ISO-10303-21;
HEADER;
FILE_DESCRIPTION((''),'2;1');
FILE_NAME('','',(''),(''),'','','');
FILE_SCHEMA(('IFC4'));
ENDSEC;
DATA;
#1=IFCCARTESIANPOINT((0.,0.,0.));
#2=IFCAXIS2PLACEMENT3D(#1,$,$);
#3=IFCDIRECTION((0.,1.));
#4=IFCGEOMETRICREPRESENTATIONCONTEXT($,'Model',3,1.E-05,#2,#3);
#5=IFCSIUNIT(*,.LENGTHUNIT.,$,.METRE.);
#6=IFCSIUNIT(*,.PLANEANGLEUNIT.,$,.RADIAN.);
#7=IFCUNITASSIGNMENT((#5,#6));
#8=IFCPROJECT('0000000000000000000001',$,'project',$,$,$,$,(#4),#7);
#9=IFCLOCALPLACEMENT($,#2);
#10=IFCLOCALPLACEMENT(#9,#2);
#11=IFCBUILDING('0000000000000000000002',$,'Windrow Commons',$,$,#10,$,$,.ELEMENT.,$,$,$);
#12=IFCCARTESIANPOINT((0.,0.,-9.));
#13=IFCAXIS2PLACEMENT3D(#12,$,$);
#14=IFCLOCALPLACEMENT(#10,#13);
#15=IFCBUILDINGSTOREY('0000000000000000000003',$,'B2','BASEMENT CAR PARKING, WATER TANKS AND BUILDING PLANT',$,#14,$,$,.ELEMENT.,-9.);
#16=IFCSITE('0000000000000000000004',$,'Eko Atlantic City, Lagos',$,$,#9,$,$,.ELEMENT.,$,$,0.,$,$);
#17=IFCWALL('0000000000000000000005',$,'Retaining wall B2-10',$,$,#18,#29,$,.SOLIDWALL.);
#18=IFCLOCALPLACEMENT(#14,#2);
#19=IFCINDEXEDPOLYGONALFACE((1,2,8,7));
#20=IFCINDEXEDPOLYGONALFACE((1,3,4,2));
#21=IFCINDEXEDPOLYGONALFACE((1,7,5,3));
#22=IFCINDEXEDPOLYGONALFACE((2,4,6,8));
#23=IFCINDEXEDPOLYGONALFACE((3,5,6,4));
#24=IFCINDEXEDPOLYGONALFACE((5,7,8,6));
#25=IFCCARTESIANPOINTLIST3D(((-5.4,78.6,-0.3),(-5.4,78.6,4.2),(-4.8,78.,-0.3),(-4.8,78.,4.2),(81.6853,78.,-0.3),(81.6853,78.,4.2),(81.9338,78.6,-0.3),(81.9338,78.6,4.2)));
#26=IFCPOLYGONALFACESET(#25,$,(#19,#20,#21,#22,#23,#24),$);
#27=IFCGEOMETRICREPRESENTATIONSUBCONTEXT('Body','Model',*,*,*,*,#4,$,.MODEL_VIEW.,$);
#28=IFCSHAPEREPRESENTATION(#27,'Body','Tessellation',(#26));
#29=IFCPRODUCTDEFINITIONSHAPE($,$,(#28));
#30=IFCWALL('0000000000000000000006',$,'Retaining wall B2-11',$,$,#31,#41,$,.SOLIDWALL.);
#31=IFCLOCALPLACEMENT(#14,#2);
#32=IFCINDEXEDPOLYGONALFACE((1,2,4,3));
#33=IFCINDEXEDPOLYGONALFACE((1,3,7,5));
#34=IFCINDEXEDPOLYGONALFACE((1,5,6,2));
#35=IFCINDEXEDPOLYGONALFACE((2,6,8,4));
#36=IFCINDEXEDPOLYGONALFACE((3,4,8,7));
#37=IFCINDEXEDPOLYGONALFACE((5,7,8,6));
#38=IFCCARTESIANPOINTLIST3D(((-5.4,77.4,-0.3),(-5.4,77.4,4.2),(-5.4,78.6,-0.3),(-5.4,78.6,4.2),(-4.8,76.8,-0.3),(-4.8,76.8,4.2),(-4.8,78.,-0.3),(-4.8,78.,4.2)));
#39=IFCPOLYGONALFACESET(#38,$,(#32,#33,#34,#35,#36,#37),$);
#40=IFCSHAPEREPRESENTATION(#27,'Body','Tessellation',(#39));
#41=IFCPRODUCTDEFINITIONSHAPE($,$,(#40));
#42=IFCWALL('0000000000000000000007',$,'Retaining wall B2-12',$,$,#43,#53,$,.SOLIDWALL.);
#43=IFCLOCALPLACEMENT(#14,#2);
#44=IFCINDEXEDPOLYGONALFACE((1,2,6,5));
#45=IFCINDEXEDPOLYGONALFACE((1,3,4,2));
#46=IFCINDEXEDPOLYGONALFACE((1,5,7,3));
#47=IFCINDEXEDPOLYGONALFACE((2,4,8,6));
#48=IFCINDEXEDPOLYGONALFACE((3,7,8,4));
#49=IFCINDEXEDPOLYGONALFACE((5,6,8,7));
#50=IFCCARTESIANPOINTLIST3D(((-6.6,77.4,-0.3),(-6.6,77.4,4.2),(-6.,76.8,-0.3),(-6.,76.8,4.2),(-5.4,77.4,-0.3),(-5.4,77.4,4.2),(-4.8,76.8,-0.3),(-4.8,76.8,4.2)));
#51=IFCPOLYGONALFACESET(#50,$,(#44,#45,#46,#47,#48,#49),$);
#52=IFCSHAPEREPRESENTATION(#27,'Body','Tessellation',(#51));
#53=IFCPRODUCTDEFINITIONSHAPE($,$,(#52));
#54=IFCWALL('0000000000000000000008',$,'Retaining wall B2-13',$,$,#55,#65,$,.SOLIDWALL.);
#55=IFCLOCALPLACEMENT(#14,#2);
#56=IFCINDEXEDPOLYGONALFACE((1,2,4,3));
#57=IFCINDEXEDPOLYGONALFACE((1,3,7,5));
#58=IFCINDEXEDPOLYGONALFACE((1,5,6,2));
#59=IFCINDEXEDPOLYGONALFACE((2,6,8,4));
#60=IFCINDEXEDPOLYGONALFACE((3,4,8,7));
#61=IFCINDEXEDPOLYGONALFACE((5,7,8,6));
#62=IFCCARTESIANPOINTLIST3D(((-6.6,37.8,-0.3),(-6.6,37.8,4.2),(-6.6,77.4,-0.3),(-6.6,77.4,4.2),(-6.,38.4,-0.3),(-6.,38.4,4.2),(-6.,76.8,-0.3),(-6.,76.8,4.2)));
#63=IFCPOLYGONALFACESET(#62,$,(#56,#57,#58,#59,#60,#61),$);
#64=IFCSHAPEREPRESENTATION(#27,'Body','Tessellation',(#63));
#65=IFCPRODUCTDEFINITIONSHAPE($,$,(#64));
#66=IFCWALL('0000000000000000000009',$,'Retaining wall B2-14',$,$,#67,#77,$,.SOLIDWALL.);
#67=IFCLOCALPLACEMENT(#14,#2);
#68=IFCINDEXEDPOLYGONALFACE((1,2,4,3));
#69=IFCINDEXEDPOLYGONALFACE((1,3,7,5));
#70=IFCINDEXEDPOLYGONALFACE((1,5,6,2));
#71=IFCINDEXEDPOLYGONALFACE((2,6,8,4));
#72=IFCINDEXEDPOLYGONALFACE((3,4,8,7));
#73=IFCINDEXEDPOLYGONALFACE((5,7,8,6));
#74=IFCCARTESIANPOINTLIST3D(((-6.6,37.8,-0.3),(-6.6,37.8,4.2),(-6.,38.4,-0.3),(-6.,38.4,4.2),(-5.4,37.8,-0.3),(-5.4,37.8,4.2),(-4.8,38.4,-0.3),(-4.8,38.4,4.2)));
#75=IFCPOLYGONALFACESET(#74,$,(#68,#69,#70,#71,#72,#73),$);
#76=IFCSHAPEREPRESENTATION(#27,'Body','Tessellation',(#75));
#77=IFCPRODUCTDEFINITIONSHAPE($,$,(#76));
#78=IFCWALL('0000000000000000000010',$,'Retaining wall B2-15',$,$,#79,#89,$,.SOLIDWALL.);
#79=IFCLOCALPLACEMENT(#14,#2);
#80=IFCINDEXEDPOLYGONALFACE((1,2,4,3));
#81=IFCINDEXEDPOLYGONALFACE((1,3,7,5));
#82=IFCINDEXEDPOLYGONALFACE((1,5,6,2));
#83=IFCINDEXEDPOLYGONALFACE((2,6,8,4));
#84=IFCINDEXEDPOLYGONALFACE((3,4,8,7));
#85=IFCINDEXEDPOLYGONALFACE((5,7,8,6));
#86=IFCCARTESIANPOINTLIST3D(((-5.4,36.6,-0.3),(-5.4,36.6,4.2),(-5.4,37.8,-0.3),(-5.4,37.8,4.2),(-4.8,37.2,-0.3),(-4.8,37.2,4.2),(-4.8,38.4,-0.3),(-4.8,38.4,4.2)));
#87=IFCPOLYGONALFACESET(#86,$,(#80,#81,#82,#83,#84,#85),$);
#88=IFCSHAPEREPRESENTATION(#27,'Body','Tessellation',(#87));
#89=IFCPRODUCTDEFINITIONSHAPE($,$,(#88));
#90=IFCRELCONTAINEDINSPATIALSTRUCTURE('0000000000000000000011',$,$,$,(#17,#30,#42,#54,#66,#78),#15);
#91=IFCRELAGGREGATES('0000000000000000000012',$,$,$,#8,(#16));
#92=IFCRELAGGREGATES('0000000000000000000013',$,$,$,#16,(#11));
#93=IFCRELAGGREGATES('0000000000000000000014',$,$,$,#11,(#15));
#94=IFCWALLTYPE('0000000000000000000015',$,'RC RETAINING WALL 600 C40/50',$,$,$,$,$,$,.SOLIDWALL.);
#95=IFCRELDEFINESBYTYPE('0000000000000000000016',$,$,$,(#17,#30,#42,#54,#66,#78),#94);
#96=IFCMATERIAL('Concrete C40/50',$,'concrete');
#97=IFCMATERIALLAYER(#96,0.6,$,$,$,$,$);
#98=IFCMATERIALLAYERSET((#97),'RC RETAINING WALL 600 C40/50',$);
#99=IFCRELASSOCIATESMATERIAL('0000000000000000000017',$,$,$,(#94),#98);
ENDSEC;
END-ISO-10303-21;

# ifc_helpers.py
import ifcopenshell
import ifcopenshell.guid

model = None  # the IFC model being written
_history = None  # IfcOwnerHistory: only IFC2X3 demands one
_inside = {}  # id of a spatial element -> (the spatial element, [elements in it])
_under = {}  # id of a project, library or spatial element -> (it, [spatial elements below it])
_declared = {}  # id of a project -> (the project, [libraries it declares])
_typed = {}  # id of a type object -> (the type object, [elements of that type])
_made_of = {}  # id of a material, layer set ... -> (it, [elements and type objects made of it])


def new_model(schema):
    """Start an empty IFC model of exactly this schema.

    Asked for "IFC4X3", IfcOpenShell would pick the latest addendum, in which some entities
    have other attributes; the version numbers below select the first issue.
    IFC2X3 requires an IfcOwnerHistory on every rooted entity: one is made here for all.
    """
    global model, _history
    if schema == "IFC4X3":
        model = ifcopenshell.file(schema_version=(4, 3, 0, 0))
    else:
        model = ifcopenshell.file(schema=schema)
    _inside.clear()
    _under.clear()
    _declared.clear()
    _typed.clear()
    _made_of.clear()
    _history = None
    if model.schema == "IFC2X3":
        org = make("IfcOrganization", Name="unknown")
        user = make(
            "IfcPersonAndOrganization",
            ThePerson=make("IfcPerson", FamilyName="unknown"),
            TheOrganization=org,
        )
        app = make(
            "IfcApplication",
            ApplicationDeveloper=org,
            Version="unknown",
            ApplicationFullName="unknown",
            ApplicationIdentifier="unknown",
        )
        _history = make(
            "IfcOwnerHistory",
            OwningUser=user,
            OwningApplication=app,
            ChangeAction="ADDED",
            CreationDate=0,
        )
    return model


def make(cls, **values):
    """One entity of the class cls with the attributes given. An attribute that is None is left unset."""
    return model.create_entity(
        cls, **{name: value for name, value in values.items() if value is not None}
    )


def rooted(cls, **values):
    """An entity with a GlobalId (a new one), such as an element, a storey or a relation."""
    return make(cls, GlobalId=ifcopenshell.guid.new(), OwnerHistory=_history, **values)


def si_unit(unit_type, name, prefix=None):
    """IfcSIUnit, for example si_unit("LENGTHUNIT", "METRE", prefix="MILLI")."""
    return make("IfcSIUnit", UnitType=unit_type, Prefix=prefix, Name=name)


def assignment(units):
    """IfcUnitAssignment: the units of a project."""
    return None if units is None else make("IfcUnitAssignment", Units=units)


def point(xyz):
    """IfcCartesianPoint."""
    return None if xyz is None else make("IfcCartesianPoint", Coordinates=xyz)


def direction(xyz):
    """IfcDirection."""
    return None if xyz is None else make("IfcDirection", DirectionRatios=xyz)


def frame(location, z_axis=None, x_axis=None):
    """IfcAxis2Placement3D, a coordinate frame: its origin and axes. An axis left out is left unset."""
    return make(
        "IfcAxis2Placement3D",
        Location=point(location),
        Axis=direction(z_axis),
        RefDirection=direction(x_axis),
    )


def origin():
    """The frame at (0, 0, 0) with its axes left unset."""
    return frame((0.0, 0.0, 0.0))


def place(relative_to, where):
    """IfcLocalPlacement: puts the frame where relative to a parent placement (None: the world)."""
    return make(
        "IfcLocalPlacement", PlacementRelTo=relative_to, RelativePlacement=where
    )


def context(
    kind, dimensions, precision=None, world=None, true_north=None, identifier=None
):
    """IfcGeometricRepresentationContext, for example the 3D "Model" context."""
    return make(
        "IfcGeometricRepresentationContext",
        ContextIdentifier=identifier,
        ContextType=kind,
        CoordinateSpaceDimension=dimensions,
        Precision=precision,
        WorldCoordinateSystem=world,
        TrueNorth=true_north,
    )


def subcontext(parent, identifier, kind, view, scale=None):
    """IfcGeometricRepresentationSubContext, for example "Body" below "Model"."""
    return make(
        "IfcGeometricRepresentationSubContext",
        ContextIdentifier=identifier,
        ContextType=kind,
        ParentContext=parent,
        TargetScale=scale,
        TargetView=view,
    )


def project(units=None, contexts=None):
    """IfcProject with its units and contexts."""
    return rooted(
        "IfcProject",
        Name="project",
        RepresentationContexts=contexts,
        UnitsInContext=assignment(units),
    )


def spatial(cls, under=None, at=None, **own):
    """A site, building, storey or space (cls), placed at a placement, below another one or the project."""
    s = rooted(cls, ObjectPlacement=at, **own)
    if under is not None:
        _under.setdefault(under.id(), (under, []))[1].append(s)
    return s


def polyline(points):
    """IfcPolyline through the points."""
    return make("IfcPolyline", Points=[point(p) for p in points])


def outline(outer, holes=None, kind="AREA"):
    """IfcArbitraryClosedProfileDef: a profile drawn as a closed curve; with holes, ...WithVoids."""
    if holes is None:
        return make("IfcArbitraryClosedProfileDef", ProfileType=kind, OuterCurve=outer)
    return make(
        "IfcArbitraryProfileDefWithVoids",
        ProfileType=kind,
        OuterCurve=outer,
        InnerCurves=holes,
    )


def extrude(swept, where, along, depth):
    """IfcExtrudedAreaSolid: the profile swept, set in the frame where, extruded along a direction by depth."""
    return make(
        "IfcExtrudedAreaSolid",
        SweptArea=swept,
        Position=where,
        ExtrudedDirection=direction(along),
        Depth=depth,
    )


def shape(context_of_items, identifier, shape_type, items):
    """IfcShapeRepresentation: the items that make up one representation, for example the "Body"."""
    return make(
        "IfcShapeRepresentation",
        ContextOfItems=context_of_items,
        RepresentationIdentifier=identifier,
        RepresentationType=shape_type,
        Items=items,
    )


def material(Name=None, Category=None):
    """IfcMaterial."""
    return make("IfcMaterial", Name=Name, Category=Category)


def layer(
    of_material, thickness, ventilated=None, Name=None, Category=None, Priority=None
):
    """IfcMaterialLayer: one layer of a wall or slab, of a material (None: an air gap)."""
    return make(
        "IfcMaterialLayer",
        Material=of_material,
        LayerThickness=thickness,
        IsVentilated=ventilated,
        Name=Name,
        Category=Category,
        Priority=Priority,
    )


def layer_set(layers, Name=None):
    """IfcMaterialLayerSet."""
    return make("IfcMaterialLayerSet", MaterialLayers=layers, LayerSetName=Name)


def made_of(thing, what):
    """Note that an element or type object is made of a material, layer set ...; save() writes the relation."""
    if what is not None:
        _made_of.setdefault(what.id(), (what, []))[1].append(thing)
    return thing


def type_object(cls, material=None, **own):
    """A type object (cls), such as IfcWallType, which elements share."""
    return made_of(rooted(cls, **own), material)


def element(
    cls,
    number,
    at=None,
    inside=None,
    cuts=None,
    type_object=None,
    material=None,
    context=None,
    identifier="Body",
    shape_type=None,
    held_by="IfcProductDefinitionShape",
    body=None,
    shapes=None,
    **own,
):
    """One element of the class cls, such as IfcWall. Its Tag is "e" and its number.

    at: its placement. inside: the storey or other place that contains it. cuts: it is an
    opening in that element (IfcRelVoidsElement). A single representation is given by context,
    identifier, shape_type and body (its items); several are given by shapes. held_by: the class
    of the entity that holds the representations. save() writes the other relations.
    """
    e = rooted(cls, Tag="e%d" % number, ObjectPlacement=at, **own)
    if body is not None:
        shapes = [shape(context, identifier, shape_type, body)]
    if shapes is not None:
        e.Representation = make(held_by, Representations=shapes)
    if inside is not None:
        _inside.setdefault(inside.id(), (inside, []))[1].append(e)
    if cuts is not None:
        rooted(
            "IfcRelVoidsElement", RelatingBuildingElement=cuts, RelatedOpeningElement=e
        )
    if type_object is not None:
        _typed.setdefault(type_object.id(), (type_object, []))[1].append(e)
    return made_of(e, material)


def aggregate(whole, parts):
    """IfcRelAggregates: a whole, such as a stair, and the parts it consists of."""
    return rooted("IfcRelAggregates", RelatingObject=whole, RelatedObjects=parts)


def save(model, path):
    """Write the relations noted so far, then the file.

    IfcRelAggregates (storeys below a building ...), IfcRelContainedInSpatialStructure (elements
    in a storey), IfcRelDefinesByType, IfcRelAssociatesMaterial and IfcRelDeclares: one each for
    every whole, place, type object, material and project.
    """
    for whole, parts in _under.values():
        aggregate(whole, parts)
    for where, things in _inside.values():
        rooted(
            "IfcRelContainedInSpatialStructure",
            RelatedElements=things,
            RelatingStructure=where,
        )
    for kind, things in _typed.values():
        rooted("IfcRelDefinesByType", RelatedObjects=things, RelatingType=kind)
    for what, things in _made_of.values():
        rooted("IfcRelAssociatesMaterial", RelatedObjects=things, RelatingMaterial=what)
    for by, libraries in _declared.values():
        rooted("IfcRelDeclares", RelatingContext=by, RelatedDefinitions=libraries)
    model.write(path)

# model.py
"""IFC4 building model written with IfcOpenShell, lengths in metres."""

from ifc_helpers import new_model, si_unit, direction, frame, origin, place, context, subcontext, project, spatial, polyline, outline, extrude, material, layer, layer_set, type_object, element, save


model = new_model("IFC4")

# Units and contexts
model_context = context("Model", 3, precision=1e-05, world=origin(), true_north=direction((0.0, 1.0)))
body_context = subcontext(model_context, "Body", "Model", "MODEL_VIEW")
ifc_project = project(units=[si_unit("LENGTHUNIT", "METRE"), si_unit("PLANEANGLEUNIT", "RADIAN")], contexts=[model_context])

# Site, building, storey
site_placement = place(None, origin())
site = spatial("IfcSite", under=ifc_project, at=site_placement, Name="Eko Atlantic City, Lagos", CompositionType="ELEMENT", RefElevation=0.0)
building_placement = place(site_placement, origin())
building = spatial("IfcBuilding", under=site, at=building_placement, Name="Windrow Commons", CompositionType="ELEMENT")
storey_placement = place(building_placement, frame((0.0, 0.0, -9.0)))
storey = spatial("IfcBuildingStorey", under=building, at=storey_placement, Name="B2", Description="BASEMENT CAR PARKING, WATER TANKS AND BUILDING PLANT", CompositionType="ELEMENT", Elevation=-9.0)

# Shared definitions
placement_1 = place(storey_placement, frame((0.0, 0.0, -0.3)))

# Walls
ifc_material_1 = material(Name="Concrete C40/50", Category="concrete")
ifc_layer_1 = layer(ifc_material_1, 0.6)
ifc_layer_set_1 = layer_set([ifc_layer_1], Name="RC RETAINING WALL 600 C40/50")
wall_type_1 = type_object("IfcWallType", Name="RC RETAINING WALL 600 C40/50", PredefinedType="SOLIDWALL", material=ifc_layer_set_1)
element("IfcWall", 1, at=placement_1, inside=storey, type_object=wall_type_1, Name="Retaining wall B2-10", PredefinedType="SOLIDWALL", context=body_context, shape_type="SweptSolid", body=[
    extrude(outline(polyline([(81.6853, 78.0), (-4.8, 78.0), (-5.4, 78.6), (81.9338, 78.6), (81.6853, 78.0)])), origin(), (0.0, 0.0, 1.0), 4.5),
])
element("IfcWall", 2, at=placement_1, inside=storey, type_object=wall_type_1, Name="Retaining wall B2-11", PredefinedType="SOLIDWALL", context=body_context, shape_type="SweptSolid", body=[
    extrude(outline(polyline([(-4.8, 78.0), (-4.8, 76.8), (-5.4, 77.4), (-5.4, 78.6), (-4.8, 78.0)])), origin(), (0.0, 0.0, 1.0), 4.5),
])
element("IfcWall", 3, at=placement_1, inside=storey, type_object=wall_type_1, Name="Retaining wall B2-12", PredefinedType="SOLIDWALL", context=body_context, shape_type="SweptSolid", body=[
    extrude(outline(polyline([(-4.8, 76.8), (-6.0, 76.8), (-6.6, 77.4), (-5.4, 77.4), (-4.8, 76.8)])), origin(), (0.0, 0.0, 1.0), 4.5),
])
element("IfcWall", 4, at=placement_1, inside=storey, type_object=wall_type_1, Name="Retaining wall B2-13", PredefinedType="SOLIDWALL", context=body_context, shape_type="SweptSolid", body=[
    extrude(outline(polyline([(-6.0, 76.8), (-6.0, 38.4), (-6.6, 37.8), (-6.6, 77.4), (-6.0, 76.8)])), origin(), (0.0, 0.0, 1.0), 4.5),
])
element("IfcWall", 5, at=placement_1, inside=storey, type_object=wall_type_1, Name="Retaining wall B2-14", PredefinedType="SOLIDWALL", context=body_context, shape_type="SweptSolid", body=[
    extrude(outline(polyline([(-6.0, 38.4), (-4.8, 38.4), (-5.4, 37.8), (-6.6, 37.8), (-6.0, 38.4)])), origin(), (0.0, 0.0, 1.0), 4.5),
])
element("IfcWall", 6, at=placement_1, inside=storey, type_object=wall_type_1, Name="Retaining wall B2-15", PredefinedType="SOLIDWALL", context=body_context, shape_type="SweptSolid", body=[
    extrude(outline(polyline([(-4.8, 38.4), (-4.8, 37.2), (-5.4, 36.6), (-5.4, 37.8), (-4.8, 38.4)])), origin(), (0.0, 0.0, 1.0), 4.5),
])

save(model, "model.ifc")
